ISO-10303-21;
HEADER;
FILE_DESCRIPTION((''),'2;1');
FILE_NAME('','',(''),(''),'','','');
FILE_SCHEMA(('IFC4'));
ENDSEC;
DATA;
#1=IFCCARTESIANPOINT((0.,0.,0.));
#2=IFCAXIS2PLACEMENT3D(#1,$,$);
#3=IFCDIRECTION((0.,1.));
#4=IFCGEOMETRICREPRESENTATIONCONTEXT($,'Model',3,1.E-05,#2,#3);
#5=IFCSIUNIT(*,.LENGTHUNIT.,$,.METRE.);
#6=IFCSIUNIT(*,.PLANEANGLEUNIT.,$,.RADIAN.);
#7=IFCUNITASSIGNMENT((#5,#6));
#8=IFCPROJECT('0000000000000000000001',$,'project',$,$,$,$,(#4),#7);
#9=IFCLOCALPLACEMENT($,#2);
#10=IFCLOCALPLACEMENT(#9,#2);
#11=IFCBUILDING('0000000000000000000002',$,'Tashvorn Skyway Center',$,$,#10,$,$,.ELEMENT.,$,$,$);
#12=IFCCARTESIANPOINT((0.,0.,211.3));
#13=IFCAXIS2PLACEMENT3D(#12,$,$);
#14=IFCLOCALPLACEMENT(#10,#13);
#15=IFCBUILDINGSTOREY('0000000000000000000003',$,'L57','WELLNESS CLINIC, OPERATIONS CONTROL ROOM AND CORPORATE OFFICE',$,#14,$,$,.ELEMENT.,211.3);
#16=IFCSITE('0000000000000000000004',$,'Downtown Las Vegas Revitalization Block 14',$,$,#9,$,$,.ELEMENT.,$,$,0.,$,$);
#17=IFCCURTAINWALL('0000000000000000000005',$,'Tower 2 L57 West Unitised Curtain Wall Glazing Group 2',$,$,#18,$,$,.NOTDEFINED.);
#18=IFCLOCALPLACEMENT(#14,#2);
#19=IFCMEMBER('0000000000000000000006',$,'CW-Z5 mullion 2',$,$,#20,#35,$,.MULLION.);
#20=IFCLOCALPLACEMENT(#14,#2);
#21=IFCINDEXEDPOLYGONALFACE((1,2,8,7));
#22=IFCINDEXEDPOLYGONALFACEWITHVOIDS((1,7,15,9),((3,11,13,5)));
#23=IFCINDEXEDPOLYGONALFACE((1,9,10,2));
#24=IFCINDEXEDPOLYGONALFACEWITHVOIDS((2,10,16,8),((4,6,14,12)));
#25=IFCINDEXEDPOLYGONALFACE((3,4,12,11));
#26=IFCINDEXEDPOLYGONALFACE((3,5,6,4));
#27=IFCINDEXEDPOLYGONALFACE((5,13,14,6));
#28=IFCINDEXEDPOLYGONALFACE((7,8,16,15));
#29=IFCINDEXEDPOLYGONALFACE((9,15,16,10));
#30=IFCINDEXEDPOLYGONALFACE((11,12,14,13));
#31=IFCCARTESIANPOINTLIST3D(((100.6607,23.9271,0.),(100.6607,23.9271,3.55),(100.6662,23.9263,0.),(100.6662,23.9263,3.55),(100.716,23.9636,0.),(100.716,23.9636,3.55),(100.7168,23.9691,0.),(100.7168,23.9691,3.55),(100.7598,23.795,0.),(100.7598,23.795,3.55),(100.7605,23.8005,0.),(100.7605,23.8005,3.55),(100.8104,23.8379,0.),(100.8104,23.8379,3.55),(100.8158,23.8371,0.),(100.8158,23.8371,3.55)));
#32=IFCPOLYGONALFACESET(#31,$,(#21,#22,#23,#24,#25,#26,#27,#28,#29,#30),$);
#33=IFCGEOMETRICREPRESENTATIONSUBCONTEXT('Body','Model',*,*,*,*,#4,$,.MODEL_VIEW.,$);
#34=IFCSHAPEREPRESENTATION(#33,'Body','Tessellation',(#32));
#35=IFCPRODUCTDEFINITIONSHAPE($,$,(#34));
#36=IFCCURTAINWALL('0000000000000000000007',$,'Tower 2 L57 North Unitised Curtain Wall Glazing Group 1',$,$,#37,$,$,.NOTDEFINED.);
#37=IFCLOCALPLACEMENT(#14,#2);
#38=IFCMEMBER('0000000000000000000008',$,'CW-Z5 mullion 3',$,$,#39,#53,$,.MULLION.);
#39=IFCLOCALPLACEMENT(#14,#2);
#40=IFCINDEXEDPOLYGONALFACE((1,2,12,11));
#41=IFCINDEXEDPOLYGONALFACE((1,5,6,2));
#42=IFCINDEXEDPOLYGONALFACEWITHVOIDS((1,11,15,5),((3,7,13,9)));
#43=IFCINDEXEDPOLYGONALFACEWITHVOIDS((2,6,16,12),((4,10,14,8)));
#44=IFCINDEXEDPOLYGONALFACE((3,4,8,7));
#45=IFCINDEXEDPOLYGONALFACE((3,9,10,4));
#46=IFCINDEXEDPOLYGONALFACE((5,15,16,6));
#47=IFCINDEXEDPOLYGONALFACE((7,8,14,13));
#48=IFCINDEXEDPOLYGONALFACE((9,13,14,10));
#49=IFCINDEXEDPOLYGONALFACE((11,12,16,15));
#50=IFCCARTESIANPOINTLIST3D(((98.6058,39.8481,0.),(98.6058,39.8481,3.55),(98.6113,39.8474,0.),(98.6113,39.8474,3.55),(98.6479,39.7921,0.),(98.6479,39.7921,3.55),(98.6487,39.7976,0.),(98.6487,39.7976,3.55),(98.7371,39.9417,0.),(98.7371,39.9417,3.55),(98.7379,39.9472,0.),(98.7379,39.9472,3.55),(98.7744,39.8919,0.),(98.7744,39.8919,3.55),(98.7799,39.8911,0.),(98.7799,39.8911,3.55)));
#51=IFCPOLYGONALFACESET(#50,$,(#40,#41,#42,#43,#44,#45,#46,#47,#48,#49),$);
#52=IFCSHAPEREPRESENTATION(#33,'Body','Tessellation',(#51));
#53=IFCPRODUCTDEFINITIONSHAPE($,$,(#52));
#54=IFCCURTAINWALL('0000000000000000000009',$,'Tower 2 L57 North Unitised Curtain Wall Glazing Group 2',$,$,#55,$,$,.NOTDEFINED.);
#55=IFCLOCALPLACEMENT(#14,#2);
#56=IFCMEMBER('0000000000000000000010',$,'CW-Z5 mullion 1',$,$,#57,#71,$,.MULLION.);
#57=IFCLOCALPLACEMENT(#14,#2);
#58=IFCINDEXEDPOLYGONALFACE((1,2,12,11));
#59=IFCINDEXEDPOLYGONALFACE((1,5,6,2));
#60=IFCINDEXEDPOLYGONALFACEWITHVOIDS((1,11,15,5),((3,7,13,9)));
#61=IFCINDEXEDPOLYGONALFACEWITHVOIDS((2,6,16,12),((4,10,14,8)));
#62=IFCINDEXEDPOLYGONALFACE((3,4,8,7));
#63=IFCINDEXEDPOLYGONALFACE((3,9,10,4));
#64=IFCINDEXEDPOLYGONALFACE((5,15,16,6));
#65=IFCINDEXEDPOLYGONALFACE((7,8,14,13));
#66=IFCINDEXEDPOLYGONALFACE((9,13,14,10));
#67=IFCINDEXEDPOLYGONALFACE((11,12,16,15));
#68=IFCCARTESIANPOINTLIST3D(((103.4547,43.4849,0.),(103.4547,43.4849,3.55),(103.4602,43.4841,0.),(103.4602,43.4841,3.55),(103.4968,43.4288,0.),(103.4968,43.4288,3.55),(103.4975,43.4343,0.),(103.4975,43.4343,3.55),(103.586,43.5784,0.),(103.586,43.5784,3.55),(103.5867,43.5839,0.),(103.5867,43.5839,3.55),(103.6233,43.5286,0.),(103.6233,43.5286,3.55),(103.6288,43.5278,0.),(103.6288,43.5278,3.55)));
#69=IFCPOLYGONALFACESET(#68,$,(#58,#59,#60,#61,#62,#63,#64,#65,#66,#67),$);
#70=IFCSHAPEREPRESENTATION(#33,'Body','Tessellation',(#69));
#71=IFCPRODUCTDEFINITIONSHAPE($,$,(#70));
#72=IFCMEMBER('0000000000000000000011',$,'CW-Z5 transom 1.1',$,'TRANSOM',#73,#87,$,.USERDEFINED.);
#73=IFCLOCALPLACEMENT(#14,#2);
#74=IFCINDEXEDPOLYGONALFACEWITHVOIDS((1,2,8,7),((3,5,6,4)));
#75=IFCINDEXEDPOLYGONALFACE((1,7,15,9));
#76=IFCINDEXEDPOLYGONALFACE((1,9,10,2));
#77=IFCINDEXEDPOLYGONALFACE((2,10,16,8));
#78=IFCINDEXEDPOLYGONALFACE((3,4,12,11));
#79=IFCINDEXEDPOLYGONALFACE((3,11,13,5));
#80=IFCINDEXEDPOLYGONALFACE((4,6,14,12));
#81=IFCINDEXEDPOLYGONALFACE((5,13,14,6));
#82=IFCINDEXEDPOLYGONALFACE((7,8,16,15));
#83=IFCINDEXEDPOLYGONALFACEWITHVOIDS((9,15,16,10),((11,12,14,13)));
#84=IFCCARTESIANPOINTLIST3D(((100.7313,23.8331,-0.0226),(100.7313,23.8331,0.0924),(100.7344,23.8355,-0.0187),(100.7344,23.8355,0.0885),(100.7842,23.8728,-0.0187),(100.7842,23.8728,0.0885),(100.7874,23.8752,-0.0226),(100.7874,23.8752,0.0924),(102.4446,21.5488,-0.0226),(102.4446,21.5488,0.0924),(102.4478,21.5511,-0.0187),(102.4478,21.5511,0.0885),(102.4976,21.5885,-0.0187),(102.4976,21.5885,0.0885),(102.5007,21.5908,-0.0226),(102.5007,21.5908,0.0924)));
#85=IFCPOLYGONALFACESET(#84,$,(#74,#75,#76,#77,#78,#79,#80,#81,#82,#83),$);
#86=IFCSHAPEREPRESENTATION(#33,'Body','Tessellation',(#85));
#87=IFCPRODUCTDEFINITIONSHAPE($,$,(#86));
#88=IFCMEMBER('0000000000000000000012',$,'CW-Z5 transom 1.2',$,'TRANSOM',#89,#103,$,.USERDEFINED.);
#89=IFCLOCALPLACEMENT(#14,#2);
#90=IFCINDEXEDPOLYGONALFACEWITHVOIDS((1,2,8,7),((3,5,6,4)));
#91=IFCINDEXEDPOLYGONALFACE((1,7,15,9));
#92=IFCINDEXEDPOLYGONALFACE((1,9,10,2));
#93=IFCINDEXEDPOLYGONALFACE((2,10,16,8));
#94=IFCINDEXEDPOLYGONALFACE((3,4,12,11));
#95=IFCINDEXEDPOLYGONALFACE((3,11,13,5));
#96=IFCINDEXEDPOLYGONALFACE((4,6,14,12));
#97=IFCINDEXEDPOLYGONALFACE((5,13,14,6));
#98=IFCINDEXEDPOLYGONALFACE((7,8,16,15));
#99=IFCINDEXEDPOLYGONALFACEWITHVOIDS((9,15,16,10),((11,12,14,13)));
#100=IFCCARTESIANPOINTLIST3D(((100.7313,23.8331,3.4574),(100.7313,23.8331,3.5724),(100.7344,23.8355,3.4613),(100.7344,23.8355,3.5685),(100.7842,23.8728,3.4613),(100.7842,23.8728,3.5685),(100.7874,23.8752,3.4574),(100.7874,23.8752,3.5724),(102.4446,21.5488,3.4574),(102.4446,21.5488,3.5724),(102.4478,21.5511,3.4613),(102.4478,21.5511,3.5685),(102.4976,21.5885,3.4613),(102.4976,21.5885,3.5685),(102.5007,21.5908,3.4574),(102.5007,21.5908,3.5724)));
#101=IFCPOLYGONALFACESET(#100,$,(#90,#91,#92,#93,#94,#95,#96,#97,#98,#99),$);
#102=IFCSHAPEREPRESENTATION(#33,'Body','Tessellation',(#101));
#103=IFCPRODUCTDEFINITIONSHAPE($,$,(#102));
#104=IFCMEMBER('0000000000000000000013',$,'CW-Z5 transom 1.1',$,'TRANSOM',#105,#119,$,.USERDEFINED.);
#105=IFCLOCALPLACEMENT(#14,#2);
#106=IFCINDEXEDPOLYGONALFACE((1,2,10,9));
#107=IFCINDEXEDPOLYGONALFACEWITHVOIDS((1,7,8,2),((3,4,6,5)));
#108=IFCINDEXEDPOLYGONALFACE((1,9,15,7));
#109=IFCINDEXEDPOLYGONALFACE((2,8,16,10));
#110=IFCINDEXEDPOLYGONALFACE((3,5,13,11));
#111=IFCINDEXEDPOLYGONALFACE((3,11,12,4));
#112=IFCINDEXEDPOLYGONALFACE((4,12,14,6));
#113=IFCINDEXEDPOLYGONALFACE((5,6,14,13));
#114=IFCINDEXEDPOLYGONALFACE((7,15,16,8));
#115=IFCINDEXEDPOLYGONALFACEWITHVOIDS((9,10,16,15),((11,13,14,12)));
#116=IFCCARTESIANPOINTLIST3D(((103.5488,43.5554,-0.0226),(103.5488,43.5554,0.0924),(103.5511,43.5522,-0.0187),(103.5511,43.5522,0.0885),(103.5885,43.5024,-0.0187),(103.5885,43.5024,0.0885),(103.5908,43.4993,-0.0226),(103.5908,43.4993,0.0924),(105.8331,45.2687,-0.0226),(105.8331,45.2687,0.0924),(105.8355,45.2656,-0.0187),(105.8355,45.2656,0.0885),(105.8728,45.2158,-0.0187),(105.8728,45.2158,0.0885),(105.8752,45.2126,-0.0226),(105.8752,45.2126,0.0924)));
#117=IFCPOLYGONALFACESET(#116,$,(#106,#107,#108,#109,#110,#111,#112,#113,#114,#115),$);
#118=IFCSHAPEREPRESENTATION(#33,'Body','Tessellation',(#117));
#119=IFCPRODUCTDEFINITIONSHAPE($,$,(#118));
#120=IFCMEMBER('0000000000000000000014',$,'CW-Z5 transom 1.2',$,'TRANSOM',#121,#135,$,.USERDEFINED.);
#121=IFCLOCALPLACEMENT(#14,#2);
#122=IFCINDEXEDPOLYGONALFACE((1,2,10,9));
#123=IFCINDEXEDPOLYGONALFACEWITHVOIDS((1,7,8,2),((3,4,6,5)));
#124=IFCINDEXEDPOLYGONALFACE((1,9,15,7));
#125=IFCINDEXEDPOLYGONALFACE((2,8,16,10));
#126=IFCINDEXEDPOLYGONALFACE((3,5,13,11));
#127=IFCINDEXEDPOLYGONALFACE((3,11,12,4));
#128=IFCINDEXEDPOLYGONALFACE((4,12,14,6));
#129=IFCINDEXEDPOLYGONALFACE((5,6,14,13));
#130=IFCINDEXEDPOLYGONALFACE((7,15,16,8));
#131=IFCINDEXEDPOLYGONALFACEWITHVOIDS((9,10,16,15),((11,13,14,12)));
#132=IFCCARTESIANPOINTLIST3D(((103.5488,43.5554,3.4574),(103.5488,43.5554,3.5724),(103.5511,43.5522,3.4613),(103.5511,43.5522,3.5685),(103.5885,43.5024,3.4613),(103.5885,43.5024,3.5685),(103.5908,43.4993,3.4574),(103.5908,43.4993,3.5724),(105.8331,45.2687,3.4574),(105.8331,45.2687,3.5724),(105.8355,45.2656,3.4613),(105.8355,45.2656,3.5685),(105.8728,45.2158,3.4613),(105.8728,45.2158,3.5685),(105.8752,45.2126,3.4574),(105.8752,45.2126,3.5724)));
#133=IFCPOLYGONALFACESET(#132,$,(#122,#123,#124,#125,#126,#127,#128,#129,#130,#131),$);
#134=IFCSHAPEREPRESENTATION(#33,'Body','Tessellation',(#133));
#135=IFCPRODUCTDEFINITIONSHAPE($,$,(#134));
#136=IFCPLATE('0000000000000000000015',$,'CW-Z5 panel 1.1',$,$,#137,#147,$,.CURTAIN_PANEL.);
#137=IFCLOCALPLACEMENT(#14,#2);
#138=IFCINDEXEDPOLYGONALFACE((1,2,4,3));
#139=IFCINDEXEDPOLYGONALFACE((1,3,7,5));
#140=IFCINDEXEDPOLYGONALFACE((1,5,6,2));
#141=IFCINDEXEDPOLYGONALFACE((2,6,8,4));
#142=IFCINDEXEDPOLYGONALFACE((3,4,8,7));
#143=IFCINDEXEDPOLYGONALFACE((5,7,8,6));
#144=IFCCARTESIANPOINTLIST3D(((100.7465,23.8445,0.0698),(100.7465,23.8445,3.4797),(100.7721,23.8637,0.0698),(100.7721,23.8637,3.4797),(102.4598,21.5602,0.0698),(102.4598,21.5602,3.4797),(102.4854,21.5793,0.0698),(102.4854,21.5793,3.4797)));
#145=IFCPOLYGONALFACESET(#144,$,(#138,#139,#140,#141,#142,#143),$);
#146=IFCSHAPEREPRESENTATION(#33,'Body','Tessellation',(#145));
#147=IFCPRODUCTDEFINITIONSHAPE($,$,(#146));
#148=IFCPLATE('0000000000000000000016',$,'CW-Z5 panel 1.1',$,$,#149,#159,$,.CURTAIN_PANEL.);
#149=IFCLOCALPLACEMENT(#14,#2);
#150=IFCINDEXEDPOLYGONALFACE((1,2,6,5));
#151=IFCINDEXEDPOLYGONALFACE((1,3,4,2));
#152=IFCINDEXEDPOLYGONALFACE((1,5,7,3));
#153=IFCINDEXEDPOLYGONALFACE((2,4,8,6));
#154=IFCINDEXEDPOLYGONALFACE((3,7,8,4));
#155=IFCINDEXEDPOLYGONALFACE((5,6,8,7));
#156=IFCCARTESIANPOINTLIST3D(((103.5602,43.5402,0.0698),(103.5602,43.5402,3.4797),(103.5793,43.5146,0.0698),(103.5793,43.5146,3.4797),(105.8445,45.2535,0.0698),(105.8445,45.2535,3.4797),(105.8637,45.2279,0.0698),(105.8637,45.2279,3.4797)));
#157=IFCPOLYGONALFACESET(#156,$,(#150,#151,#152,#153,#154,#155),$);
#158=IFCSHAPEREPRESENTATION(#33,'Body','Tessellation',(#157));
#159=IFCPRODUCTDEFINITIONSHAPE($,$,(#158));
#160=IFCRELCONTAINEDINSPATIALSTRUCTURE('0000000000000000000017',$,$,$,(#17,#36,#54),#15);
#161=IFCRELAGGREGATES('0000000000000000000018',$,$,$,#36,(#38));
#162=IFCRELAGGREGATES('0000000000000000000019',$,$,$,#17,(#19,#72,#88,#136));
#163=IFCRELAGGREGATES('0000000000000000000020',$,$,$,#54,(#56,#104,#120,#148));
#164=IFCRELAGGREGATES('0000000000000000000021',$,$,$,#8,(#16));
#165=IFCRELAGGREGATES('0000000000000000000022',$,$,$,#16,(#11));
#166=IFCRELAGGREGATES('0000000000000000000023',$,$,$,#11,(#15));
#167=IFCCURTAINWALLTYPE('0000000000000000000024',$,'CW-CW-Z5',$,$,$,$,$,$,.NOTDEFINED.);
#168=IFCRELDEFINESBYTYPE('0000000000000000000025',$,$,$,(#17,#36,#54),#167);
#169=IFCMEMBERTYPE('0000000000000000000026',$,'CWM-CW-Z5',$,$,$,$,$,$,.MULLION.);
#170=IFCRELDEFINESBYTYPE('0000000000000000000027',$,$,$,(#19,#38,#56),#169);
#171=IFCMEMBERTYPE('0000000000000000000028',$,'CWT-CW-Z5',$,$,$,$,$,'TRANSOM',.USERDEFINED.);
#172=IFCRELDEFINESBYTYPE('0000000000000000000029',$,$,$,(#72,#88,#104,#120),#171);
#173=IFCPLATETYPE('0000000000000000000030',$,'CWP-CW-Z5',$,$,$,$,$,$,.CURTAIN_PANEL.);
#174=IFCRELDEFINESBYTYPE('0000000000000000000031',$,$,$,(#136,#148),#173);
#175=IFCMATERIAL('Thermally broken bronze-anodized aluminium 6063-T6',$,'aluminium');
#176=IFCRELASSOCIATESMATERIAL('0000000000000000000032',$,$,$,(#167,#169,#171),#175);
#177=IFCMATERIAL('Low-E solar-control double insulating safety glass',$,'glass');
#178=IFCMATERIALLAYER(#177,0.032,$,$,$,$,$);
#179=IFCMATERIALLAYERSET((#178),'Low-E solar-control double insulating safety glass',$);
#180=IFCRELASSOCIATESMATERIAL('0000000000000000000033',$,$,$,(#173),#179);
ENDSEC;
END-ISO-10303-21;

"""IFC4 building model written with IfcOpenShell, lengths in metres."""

from ifc_helpers import new_model, si_unit, direction, frame, origin, origin_2d, place, context, subcontext, project, spatial, rectangle, hollow_rectangle, extrude, material, layer, layer_set, material_profile, profile_set, type_object, element, aggregate, save


model = new_model("IFC4")

# Units and contexts
model_context = context("Model", 3, precision=1e-05, world=origin(), true_north=direction((0.0, 1.0)))
body_context = subcontext(model_context, "Body", "Model", "MODEL_VIEW")
ifc_project = project(units=[si_unit("LENGTHUNIT", "METRE"), si_unit("PLANEANGLEUNIT", "RADIAN")], contexts=[model_context])

# Site, building, storey
site_placement = place(None, origin())
site = spatial("IfcSite", under=ifc_project, at=site_placement, Name="Downtown Las Vegas Revitalization Block 14", CompositionType="ELEMENT", RefElevation=0.0)
building_placement = place(site_placement, origin())
building = spatial("IfcBuilding", under=site, at=building_placement, Name="Tashvorn Skyway Center", CompositionType="ELEMENT")
storey_placement = place(building_placement, frame((0.0, 0.0, 211.3)))
storey = spatial("IfcBuildingStorey", under=building, at=storey_placement, Name="L57", Description="WELLNESS CLINIC, OPERATIONS CONTROL ROOM AND CORPORATE OFFICE", CompositionType="ELEMENT", Elevation=211.3)

# Curtain wall, member
ifc_material_1 = material(Name="Thermally broken bronze-anodized aluminium 6063-T6", Category="aluminium")
curtain_wall_type = type_object("IfcCurtainWallType", Name="CW-CW-Z5", PredefinedType="NOTDEFINED", material=ifc_material_1)
curtain_wall_1_placement = place(storey_placement, origin())
curtain_wall_1 = element("IfcCurtainWall", 1, at=curtain_wall_1_placement, inside=storey, type_object=curtain_wall_type, Name="Tower 2 L57 West Unitised Curtain Wall Glazing Group 2", PredefinedType="NOTDEFINED")
ifc_material_profile_1 = material_profile(ifc_material_1, hollow_rectangle(XDim=0.0701, YDim=0.165, WallThickness=0.0039, at=origin_2d()), Name="ALU-MULL-70x165")
ifc_profile_set_1 = profile_set([ifc_material_profile_1], Name="Thermally broken bronze-anodized aluminium 6063-T6")
member_type_1 = type_object("IfcMemberType", Name="CWM-CW-Z5", PredefinedType="MULLION", material=ifc_profile_set_1)
member_1_placement = place(storey_placement, frame((100.7383, 23.8821, 0.0), z_axis=(0.0, 0.0, 1.0), x_axis=(-0.799984, -0.600021, 0.0)))
member_1 = element("IfcMember", 2, at=member_1_placement, type_object=member_type_1, Name="CW-Z5 mullion 2", PredefinedType="MULLION", context=body_context, shape_type="SweptSolid", body=[
    extrude(hollow_rectangle(XDim=0.0701, YDim=0.165, WallThickness=0.0039, at=origin_2d()), origin(), (0.0, 0.0, 1.0), 3.55),
])

# Curtain walls, members
curtain_wall_2_placement = place(storey_placement, origin())
curtain_wall_2 = element("IfcCurtainWall", 3, at=curtain_wall_2_placement, inside=storey, type_object=curtain_wall_type, Name="Tower 2 L57 North Unitised Curtain Wall Glazing Group 1", PredefinedType="NOTDEFINED")
member_2_placement = place(storey_placement, frame((98.6929, 39.8696, 0.0), z_axis=(0.0, 0.0, 1.0), x_axis=(-0.600003, 0.799998, 0.0)))
member_2 = element("IfcMember", 4, at=member_2_placement, type_object=member_type_1, Name="CW-Z5 mullion 3", PredefinedType="MULLION", context=body_context, shape_type="SweptSolid", body=[
    extrude(hollow_rectangle(XDim=0.0701, YDim=0.165, WallThickness=0.0039, at=origin_2d()), origin(), (0.0, 0.0, 1.0), 3.55),
])
aggregate(curtain_wall_2, [member_2])
curtain_wall_3_placement = place(storey_placement, origin())
curtain_wall_3 = element("IfcCurtainWall", 5, at=curtain_wall_3_placement, inside=storey, type_object=curtain_wall_type, Name="Tower 2 L57 North Unitised Curtain Wall Glazing Group 2", PredefinedType="NOTDEFINED")
member_3_placement = place(storey_placement, frame((103.5417, 43.5063, 0.0), z_axis=(0.0, 0.0, 1.0), x_axis=(-0.600021, 0.799984, 0.0)))
member_3 = element("IfcMember", 6, at=member_3_placement, type_object=member_type_1, Name="CW-Z5 mullion 1", PredefinedType="MULLION", context=body_context, shape_type="SweptSolid", body=[
    extrude(hollow_rectangle(XDim=0.0701, YDim=0.165, WallThickness=0.0039, at=origin_2d()), origin(), (0.0, 0.0, 1.0), 3.55),
])

# Members
ifc_material_profile_2 = material_profile(ifc_material_1, hollow_rectangle(XDim=0.0701, YDim=0.115, WallThickness=0.0039, at=origin_2d()), Name="ALU-TRAN-70x115")
ifc_profile_set_2 = profile_set([ifc_material_profile_2], Name="Thermally broken bronze-anodized aluminium 6063-T6")
member_type_2 = type_object("IfcMemberType", Name="CWT-CW-Z5", ElementType="TRANSOM", PredefinedType="USERDEFINED", material=ifc_profile_set_2)
member_4_placement = place(storey_placement, frame((102.4727, 21.5698, 0.0349), z_axis=(-0.600014, 0.79999, 0.0), x_axis=(-0.79999, -0.600014, 0.0)))
member_4 = element("IfcMember", 7, at=member_4_placement, type_object=member_type_2, Name="CW-Z5 transom 1.1", ObjectType="TRANSOM", PredefinedType="USERDEFINED", context=body_context, shape_type="SweptSolid", body=[
    extrude(hollow_rectangle(XDim=0.0701, YDim=0.115, WallThickness=0.0039, at=origin_2d()), origin(), (0.0, 0.0, 1.0), 2.8555),
])
member_5_placement = place(storey_placement, frame((102.4727, 21.5698, 3.5149), z_axis=(-0.600014, 0.79999, 0.0), x_axis=(-0.79999, -0.600014, 0.0)))
member_5 = element("IfcMember", 8, at=member_5_placement, type_object=member_type_2, Name="CW-Z5 transom 1.2", ObjectType="TRANSOM", PredefinedType="USERDEFINED", context=body_context, shape_type="SweptSolid", body=[
    extrude(hollow_rectangle(XDim=0.0701, YDim=0.115, WallThickness=0.0039, at=origin_2d()), origin(), (0.0, 0.0, 1.0), 2.8555),
])
member_6_placement = place(storey_placement, frame((103.5698, 43.5273, 0.0349), z_axis=(0.79999, 0.600014, 0.0), x_axis=(-0.600014, 0.79999, 0.0)))
member_6 = element("IfcMember", 9, at=member_6_placement, type_object=member_type_2, Name="CW-Z5 transom 1.1", ObjectType="TRANSOM", PredefinedType="USERDEFINED", context=body_context, shape_type="SweptSolid", body=[
    extrude(hollow_rectangle(XDim=0.0701, YDim=0.115, WallThickness=0.0039, at=origin_2d()), origin(), (0.0, 0.0, 1.0), 2.8555),
])
member_7_placement = place(storey_placement, frame((103.5698, 43.5273, 3.5149), z_axis=(0.79999, 0.600014, 0.0), x_axis=(-0.600014, 0.79999, 0.0)))
member_7 = element("IfcMember", 10, at=member_7_placement, type_object=member_type_2, Name="CW-Z5 transom 1.2", ObjectType="TRANSOM", PredefinedType="USERDEFINED", context=body_context, shape_type="SweptSolid", body=[
    extrude(hollow_rectangle(XDim=0.0701, YDim=0.115, WallThickness=0.0039, at=origin_2d()), origin(), (0.0, 0.0, 1.0), 2.8555),
])

# Plates
ifc_material_2 = material(Name="Low-E solar-control double insulating safety glass", Category="glass")
ifc_layer_1 = layer(ifc_material_2, 0.032)
ifc_layer_set_1 = layer_set([ifc_layer_1], Name="Low-E solar-control double insulating safety glass")
plate_type = type_object("IfcPlateType", Name="CWP-CW-Z5", PredefinedType="CURTAIN_PANEL", material=ifc_layer_set_1)
plate_1_placement = place(storey_placement, frame((101.616, 22.7119, 0.0698), z_axis=(0.0, 0.0, 1.0), x_axis=(-0.600021, 0.799984, 0.0)))
plate_1 = element("IfcPlate", 11, at=plate_1_placement, type_object=plate_type, Name="CW-Z5 panel 1.1", PredefinedType="CURTAIN_PANEL", context=body_context, shape_type="SweptSolid", body=[
    extrude(rectangle(XDim=2.8555, YDim=0.032, at=origin_2d()), origin(), (0.0, 0.0, 1.0), 3.4099),
])
aggregate(curtain_wall_1, [member_1, member_4, member_5, plate_1])
plate_2_placement = place(storey_placement, frame((104.7119, 44.384, 0.0698), z_axis=(0.0, 0.0, 1.0), x_axis=(0.799984, 0.600021, 0.0)))
plate_2 = element("IfcPlate", 12, at=plate_2_placement, type_object=plate_type, Name="CW-Z5 panel 1.1", PredefinedType="CURTAIN_PANEL", context=body_context, shape_type="SweptSolid", body=[
    extrude(rectangle(XDim=2.8555, YDim=0.032, at=origin_2d()), origin(), (0.0, 0.0, 1.0), 3.4099),
])
aggregate(curtain_wall_3, [member_3, member_6, member_7, plate_2])

save(model, "model.ifc")
